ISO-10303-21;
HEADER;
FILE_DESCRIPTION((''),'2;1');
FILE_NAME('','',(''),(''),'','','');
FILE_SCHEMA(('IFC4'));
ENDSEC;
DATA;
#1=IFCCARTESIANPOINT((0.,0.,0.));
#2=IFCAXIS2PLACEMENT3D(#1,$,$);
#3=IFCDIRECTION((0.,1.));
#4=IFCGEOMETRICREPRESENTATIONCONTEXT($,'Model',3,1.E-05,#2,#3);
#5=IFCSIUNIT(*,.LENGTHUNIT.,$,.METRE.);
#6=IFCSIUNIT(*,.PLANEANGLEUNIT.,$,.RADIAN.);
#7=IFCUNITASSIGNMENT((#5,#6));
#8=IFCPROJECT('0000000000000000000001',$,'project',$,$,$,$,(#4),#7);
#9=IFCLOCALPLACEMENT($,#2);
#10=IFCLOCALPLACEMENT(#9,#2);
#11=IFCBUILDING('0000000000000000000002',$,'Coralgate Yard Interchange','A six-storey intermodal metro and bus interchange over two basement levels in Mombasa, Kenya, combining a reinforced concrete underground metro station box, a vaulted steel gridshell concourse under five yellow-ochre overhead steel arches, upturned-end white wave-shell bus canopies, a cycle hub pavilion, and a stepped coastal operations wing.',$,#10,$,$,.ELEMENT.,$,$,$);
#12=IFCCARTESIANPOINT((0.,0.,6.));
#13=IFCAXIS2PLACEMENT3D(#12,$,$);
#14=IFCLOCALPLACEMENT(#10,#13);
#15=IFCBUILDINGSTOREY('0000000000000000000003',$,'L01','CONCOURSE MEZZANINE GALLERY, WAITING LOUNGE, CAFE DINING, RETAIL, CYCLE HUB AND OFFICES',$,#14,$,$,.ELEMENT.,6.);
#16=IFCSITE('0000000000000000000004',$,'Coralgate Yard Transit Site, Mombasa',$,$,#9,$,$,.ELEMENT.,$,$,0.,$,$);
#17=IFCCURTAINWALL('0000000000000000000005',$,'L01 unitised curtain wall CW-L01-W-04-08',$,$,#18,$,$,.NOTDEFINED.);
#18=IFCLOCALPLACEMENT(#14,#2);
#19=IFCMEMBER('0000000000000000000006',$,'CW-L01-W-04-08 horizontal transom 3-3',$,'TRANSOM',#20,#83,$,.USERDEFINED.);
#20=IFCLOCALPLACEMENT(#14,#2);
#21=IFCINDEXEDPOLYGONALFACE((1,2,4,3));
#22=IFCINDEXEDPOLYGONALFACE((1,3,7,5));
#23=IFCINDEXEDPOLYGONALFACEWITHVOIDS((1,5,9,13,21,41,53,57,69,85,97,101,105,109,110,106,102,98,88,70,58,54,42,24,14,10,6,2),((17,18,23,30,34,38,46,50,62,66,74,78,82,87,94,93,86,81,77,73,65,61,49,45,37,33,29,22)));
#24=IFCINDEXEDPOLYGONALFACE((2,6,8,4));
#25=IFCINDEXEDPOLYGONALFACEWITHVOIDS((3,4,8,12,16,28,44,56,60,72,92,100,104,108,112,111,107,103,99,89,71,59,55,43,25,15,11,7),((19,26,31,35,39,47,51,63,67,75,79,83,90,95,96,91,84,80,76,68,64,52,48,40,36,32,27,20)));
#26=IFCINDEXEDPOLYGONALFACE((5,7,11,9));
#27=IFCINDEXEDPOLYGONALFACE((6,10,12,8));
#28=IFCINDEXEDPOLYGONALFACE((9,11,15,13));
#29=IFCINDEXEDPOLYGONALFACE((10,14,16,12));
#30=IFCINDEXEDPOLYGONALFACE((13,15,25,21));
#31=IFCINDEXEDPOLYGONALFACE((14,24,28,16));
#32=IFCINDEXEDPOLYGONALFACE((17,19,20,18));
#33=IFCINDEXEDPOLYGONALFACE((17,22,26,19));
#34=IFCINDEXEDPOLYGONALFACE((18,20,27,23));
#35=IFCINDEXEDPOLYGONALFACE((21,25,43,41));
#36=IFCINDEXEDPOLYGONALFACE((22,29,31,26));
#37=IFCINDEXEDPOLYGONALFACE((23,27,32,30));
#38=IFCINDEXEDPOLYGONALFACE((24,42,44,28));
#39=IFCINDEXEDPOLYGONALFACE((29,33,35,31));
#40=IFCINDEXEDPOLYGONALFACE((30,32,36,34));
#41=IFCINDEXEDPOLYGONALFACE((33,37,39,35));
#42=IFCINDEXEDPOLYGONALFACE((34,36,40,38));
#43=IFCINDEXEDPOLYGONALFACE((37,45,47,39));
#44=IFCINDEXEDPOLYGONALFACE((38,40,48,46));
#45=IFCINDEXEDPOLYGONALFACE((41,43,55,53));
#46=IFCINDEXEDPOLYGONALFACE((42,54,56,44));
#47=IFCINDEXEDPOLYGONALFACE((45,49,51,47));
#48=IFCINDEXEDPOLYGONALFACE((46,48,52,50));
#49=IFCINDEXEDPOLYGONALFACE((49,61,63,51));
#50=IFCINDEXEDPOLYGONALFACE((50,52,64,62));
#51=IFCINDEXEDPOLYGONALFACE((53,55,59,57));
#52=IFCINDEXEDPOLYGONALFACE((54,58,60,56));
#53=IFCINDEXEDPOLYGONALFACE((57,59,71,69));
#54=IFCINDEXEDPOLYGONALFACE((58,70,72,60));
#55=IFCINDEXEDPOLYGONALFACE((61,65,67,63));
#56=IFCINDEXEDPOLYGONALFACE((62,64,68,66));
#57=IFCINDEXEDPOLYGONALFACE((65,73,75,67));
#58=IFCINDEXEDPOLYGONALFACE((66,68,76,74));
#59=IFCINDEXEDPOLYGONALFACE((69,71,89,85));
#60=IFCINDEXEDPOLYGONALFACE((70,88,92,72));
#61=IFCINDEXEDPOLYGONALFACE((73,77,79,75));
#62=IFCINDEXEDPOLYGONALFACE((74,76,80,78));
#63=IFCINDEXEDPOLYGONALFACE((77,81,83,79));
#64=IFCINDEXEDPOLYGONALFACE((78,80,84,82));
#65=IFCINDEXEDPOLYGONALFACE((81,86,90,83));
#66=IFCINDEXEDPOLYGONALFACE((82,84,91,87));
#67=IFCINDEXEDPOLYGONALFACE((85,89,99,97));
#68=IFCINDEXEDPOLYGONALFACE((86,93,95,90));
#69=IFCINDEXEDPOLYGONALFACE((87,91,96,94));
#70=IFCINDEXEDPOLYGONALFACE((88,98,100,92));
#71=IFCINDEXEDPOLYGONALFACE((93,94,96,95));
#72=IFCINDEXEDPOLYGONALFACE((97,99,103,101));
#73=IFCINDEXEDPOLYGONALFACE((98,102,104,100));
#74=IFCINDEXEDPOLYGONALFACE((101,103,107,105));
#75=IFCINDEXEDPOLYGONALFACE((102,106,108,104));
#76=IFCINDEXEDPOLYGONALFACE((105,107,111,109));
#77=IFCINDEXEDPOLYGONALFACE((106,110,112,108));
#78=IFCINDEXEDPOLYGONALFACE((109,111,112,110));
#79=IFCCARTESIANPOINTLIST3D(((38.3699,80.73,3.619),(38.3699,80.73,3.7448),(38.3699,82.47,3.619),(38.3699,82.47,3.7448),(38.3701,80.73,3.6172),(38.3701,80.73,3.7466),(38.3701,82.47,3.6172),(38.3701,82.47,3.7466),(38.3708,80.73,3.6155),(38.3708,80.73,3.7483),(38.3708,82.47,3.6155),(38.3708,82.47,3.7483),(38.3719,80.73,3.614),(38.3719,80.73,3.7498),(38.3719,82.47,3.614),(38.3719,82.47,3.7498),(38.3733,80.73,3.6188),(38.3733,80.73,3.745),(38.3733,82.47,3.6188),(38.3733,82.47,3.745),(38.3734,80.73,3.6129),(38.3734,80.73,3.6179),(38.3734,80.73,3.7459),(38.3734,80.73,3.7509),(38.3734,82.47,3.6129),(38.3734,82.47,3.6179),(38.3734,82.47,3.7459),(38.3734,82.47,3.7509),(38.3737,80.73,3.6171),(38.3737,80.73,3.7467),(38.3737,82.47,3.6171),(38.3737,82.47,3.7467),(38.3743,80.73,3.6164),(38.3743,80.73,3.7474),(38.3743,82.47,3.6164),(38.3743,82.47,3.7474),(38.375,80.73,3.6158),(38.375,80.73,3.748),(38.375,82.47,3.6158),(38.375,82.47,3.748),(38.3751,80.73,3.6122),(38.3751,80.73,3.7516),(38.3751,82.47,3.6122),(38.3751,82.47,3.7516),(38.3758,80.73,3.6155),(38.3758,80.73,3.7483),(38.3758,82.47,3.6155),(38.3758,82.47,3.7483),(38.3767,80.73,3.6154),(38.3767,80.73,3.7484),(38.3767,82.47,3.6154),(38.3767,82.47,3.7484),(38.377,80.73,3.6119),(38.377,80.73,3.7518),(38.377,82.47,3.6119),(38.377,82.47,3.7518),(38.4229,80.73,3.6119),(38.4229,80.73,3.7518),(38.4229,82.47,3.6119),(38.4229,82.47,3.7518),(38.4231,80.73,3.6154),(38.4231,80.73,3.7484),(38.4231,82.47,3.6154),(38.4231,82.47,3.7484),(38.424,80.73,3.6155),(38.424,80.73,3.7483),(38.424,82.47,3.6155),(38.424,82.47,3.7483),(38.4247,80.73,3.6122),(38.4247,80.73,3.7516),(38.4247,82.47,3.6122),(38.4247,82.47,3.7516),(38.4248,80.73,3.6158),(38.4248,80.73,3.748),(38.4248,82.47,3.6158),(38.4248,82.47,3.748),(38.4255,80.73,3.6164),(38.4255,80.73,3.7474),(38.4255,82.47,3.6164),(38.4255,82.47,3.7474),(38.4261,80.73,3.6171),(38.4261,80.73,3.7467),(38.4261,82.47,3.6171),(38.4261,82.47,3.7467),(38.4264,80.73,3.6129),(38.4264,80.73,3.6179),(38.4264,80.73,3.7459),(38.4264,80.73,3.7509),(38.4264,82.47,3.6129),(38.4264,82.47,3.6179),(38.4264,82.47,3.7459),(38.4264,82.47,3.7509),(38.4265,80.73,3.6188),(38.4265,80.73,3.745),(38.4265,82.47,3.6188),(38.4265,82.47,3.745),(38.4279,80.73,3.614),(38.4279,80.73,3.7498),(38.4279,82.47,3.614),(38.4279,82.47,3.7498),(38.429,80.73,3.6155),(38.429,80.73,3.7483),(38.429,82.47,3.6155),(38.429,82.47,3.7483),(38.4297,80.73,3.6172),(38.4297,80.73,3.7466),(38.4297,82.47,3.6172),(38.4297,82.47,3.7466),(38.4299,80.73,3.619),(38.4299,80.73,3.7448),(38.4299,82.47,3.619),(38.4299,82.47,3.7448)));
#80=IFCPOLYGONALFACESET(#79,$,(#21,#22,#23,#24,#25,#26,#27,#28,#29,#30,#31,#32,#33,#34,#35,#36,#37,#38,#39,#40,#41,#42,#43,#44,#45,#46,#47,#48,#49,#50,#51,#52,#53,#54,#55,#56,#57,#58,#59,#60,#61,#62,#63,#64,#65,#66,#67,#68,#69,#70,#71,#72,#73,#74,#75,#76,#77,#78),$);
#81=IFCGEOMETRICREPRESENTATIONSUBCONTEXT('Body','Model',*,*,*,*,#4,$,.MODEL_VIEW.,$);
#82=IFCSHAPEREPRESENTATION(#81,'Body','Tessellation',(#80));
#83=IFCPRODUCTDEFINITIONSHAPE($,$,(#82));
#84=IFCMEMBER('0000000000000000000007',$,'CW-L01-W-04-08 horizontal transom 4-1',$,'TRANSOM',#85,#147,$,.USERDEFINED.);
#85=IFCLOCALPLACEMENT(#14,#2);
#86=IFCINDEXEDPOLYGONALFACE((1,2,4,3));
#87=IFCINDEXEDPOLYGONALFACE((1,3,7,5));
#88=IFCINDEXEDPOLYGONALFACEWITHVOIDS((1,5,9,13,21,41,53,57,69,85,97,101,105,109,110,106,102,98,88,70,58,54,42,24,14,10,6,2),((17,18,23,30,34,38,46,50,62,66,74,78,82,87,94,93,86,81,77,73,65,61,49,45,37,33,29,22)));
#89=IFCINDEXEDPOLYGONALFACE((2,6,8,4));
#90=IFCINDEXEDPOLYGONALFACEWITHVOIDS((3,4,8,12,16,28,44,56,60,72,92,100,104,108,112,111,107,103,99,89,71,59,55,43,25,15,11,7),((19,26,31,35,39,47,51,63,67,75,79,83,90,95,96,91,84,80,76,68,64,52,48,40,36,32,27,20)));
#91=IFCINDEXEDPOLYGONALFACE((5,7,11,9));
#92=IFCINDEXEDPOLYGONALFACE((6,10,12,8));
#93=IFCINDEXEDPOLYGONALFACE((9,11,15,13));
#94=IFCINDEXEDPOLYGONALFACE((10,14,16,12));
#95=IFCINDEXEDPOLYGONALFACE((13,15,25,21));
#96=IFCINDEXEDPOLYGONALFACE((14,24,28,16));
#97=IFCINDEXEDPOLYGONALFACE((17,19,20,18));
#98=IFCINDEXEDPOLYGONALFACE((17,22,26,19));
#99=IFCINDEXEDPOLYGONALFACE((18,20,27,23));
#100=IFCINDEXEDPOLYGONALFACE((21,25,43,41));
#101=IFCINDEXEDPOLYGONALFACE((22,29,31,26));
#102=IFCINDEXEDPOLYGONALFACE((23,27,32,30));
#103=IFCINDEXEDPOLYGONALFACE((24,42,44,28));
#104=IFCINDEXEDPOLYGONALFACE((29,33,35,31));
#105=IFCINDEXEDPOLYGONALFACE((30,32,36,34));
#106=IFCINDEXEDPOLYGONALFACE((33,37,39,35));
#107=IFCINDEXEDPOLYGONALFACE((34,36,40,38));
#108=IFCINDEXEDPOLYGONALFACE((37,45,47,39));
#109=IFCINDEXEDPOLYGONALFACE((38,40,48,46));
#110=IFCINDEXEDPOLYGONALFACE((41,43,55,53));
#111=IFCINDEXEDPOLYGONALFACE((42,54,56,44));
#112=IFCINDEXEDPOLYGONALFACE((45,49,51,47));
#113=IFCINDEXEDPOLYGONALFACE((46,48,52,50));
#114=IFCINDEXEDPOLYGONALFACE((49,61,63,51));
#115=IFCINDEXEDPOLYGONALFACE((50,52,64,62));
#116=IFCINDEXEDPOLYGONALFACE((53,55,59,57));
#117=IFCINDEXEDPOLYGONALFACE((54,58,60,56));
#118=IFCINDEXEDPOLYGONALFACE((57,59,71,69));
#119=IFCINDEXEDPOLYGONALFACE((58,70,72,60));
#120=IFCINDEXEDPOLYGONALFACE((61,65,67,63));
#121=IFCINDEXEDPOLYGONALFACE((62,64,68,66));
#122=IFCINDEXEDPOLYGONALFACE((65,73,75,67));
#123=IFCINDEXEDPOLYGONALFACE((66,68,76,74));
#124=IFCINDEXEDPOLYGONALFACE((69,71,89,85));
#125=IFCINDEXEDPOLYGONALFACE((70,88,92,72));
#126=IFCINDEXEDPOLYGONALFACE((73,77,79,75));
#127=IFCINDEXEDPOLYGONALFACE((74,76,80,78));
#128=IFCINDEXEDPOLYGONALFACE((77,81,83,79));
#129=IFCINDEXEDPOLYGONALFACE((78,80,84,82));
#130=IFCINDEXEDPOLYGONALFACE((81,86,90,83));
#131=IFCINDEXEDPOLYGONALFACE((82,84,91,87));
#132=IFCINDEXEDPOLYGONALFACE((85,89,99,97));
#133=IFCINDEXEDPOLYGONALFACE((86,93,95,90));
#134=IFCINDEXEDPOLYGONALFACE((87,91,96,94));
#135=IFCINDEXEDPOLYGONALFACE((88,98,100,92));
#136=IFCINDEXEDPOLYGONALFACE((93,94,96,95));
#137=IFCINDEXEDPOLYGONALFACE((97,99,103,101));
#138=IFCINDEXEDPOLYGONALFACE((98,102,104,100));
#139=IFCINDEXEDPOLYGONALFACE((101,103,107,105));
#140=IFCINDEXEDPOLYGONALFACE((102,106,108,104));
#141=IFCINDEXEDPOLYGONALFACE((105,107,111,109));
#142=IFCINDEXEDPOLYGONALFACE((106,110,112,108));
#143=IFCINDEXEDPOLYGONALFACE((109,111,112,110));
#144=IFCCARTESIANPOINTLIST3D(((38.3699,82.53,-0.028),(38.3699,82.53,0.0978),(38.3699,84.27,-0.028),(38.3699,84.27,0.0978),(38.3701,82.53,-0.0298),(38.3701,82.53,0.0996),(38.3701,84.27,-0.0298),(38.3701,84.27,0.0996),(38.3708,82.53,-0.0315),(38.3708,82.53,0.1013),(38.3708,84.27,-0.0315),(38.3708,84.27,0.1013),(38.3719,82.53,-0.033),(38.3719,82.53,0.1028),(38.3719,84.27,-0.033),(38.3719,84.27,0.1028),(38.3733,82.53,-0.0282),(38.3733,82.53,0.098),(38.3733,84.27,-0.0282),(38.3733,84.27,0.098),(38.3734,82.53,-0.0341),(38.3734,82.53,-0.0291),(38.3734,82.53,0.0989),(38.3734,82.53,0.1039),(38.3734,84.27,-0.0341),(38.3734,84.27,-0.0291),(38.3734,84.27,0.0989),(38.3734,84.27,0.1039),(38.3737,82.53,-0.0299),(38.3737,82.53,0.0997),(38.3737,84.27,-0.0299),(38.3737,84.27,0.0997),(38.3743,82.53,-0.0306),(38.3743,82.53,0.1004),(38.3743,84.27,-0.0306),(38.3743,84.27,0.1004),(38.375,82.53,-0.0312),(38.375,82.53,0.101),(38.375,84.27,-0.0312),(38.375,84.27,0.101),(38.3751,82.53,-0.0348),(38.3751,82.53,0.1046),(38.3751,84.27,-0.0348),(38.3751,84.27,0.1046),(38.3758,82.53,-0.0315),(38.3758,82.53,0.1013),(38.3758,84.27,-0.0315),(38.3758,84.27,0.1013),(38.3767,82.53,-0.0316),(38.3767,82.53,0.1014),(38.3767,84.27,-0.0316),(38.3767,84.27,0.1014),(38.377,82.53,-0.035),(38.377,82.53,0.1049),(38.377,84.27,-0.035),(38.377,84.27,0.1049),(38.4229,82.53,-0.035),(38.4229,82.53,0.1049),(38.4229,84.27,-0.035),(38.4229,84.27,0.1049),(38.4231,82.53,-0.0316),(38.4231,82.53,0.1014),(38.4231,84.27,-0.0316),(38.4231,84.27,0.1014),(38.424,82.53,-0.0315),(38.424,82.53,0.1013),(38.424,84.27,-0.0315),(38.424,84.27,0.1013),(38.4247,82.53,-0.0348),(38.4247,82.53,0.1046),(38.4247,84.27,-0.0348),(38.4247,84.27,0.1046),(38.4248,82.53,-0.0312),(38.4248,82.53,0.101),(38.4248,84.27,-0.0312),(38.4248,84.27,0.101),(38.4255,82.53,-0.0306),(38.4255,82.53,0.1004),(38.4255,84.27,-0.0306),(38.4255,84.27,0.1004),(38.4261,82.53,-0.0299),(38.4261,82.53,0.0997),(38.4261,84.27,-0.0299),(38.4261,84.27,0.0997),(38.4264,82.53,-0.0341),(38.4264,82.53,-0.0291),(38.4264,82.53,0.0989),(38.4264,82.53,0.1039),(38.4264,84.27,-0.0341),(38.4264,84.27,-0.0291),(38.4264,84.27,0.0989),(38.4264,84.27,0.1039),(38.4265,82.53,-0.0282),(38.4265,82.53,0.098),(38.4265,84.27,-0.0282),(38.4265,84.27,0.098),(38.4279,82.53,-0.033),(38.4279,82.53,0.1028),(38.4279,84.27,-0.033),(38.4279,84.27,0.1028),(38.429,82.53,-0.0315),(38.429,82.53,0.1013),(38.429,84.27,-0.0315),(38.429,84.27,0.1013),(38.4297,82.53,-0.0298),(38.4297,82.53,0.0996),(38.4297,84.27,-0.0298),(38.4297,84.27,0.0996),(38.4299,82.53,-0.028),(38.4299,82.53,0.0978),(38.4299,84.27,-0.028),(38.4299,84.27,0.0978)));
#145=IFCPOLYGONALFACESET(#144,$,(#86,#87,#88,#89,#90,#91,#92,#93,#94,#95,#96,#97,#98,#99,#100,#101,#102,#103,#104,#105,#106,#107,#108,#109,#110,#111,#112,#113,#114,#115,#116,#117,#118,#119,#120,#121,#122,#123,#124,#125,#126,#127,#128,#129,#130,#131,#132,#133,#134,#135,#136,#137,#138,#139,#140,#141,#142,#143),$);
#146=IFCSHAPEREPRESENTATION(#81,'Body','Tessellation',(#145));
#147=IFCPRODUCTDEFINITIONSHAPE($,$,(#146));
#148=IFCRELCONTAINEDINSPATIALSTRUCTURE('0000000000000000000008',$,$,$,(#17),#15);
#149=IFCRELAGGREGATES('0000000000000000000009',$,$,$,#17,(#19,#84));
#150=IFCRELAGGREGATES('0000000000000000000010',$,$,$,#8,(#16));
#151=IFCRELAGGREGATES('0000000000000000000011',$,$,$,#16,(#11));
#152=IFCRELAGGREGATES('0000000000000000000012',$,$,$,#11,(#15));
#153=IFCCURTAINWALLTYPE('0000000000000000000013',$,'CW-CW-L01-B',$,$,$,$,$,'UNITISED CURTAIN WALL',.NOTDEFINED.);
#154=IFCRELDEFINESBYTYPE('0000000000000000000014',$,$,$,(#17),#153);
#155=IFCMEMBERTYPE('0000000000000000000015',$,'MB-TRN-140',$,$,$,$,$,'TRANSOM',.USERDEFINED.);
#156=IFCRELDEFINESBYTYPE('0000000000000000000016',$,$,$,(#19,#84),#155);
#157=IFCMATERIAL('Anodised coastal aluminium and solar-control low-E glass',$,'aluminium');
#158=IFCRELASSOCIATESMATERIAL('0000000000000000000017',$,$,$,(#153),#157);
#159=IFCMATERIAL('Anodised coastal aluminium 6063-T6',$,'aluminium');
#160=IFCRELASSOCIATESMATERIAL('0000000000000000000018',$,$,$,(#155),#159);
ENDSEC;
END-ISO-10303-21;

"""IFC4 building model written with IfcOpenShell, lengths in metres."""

from ifc_helpers import new_model, si_unit, direction, frame, origin, origin_2d, place, context, subcontext, project, spatial, hollow_rectangle, extrude, material, material_profile, profile_set, type_object, element, aggregate, save


model = new_model("IFC4")

# Units and contexts
model_context = context("Model", 3, precision=1e-05, world=origin(), true_north=direction((0.0, 1.0)))
body_context = subcontext(model_context, "Body", "Model", "MODEL_VIEW")
ifc_project = project(units=[si_unit("LENGTHUNIT", "METRE"), si_unit("PLANEANGLEUNIT", "RADIAN")], contexts=[model_context])

# Site, building, storey
site_placement = place(None, origin())
site = spatial("IfcSite", under=ifc_project, at=site_placement, Name="Coralgate Yard Transit Site, Mombasa", CompositionType="ELEMENT", RefElevation=0.0)
building_placement = place(site_placement, origin())
building = spatial("IfcBuilding", under=site, at=building_placement, Name="Coralgate Yard Interchange", Description="A six-storey intermodal metro and bus interchange over two basement levels in Mombasa, Kenya, combining a reinforced concrete underground metro station box, a vaulted steel gridshell concourse under five yellow-ochre overhead steel arches, upturned-end white wave-shell bus canopies, a cycle hub pavilion, and a stepped coastal operations wing.", CompositionType="ELEMENT")
storey_placement = place(building_placement, frame((0.0, 0.0, 6.0)))
storey = spatial("IfcBuildingStorey", under=building, at=storey_placement, Name="L01", Description="CONCOURSE MEZZANINE GALLERY, WAITING LOUNGE, CAFE DINING, RETAIL, CYCLE HUB AND OFFICES", CompositionType="ELEMENT", Elevation=6.0)

# Curtain wall, members
ifc_material_1 = material(Name="Anodised coastal aluminium and solar-control low-E glass", Category="aluminium")
curtain_wall_type = type_object("IfcCurtainWallType", Name="CW-CW-L01-B", ElementType="UNITISED CURTAIN WALL", PredefinedType="NOTDEFINED", material=ifc_material_1)
curtain_wall_placement = place(storey_placement, origin())
curtain_wall = element("IfcCurtainWall", 1, at=curtain_wall_placement, inside=storey, type_object=curtain_wall_type, Name="L01 unitised curtain wall CW-L01-W-04-08", PredefinedType="NOTDEFINED")
ifc_material_2 = material(Name="Anodised coastal aluminium 6063-T6", Category="aluminium")
ifc_material_profile_1 = material_profile(ifc_material_2, hollow_rectangle(XDim=0.0601, YDim=0.1399, WallThickness=0.0034, InnerFilletRadius=0.0034, OuterFilletRadius=0.0071, at=origin_2d()), Name="ALU 60x140x3.5")
ifc_profile_set_1 = profile_set([ifc_material_profile_1], Name="Anodised coastal aluminium 6063-T6")
member_type_1 = type_object("IfcMemberType", Name="MB-TRN-140", ElementType="TRANSOM", PredefinedType="USERDEFINED", material=ifc_profile_set_1)
member_1_placement = place(storey_placement, frame((38.3999, 80.73, 3.6819), z_axis=(0.0, 1.0, 0.0), x_axis=(-1.0, 0.0, 0.0)))
member_1 = element("IfcMember", 2, at=member_1_placement, type_object=member_type_1, Name="CW-L01-W-04-08 horizontal transom 3-3", ObjectType="TRANSOM", PredefinedType="USERDEFINED", context=body_context, shape_type="SweptSolid", body=[
    extrude(hollow_rectangle(XDim=0.0601, YDim=0.1399, WallThickness=0.0034, InnerFilletRadius=0.0034, OuterFilletRadius=0.0071, at=origin_2d()), origin(), (0.0, 0.0, 1.0), 1.74),
])
member_2_placement = place(storey_placement, frame((38.3999, 82.53, 0.0349), z_axis=(0.0, 1.0, 0.0), x_axis=(-1.0, 0.0, 0.0)))
member_2 = element("IfcMember", 3, at=member_2_placement, type_object=member_type_1, Name="CW-L01-W-04-08 horizontal transom 4-1", ObjectType="TRANSOM", PredefinedType="USERDEFINED", context=body_context, shape_type="SweptSolid", body=[
    extrude(hollow_rectangle(XDim=0.0601, YDim=0.1399, WallThickness=0.0034, InnerFilletRadius=0.0034, OuterFilletRadius=0.0071, at=origin_2d()), origin(), (0.0, 0.0, 1.0), 1.74),
])
aggregate(curtain_wall, [member_1, member_2])

save(model, "model.ifc")
